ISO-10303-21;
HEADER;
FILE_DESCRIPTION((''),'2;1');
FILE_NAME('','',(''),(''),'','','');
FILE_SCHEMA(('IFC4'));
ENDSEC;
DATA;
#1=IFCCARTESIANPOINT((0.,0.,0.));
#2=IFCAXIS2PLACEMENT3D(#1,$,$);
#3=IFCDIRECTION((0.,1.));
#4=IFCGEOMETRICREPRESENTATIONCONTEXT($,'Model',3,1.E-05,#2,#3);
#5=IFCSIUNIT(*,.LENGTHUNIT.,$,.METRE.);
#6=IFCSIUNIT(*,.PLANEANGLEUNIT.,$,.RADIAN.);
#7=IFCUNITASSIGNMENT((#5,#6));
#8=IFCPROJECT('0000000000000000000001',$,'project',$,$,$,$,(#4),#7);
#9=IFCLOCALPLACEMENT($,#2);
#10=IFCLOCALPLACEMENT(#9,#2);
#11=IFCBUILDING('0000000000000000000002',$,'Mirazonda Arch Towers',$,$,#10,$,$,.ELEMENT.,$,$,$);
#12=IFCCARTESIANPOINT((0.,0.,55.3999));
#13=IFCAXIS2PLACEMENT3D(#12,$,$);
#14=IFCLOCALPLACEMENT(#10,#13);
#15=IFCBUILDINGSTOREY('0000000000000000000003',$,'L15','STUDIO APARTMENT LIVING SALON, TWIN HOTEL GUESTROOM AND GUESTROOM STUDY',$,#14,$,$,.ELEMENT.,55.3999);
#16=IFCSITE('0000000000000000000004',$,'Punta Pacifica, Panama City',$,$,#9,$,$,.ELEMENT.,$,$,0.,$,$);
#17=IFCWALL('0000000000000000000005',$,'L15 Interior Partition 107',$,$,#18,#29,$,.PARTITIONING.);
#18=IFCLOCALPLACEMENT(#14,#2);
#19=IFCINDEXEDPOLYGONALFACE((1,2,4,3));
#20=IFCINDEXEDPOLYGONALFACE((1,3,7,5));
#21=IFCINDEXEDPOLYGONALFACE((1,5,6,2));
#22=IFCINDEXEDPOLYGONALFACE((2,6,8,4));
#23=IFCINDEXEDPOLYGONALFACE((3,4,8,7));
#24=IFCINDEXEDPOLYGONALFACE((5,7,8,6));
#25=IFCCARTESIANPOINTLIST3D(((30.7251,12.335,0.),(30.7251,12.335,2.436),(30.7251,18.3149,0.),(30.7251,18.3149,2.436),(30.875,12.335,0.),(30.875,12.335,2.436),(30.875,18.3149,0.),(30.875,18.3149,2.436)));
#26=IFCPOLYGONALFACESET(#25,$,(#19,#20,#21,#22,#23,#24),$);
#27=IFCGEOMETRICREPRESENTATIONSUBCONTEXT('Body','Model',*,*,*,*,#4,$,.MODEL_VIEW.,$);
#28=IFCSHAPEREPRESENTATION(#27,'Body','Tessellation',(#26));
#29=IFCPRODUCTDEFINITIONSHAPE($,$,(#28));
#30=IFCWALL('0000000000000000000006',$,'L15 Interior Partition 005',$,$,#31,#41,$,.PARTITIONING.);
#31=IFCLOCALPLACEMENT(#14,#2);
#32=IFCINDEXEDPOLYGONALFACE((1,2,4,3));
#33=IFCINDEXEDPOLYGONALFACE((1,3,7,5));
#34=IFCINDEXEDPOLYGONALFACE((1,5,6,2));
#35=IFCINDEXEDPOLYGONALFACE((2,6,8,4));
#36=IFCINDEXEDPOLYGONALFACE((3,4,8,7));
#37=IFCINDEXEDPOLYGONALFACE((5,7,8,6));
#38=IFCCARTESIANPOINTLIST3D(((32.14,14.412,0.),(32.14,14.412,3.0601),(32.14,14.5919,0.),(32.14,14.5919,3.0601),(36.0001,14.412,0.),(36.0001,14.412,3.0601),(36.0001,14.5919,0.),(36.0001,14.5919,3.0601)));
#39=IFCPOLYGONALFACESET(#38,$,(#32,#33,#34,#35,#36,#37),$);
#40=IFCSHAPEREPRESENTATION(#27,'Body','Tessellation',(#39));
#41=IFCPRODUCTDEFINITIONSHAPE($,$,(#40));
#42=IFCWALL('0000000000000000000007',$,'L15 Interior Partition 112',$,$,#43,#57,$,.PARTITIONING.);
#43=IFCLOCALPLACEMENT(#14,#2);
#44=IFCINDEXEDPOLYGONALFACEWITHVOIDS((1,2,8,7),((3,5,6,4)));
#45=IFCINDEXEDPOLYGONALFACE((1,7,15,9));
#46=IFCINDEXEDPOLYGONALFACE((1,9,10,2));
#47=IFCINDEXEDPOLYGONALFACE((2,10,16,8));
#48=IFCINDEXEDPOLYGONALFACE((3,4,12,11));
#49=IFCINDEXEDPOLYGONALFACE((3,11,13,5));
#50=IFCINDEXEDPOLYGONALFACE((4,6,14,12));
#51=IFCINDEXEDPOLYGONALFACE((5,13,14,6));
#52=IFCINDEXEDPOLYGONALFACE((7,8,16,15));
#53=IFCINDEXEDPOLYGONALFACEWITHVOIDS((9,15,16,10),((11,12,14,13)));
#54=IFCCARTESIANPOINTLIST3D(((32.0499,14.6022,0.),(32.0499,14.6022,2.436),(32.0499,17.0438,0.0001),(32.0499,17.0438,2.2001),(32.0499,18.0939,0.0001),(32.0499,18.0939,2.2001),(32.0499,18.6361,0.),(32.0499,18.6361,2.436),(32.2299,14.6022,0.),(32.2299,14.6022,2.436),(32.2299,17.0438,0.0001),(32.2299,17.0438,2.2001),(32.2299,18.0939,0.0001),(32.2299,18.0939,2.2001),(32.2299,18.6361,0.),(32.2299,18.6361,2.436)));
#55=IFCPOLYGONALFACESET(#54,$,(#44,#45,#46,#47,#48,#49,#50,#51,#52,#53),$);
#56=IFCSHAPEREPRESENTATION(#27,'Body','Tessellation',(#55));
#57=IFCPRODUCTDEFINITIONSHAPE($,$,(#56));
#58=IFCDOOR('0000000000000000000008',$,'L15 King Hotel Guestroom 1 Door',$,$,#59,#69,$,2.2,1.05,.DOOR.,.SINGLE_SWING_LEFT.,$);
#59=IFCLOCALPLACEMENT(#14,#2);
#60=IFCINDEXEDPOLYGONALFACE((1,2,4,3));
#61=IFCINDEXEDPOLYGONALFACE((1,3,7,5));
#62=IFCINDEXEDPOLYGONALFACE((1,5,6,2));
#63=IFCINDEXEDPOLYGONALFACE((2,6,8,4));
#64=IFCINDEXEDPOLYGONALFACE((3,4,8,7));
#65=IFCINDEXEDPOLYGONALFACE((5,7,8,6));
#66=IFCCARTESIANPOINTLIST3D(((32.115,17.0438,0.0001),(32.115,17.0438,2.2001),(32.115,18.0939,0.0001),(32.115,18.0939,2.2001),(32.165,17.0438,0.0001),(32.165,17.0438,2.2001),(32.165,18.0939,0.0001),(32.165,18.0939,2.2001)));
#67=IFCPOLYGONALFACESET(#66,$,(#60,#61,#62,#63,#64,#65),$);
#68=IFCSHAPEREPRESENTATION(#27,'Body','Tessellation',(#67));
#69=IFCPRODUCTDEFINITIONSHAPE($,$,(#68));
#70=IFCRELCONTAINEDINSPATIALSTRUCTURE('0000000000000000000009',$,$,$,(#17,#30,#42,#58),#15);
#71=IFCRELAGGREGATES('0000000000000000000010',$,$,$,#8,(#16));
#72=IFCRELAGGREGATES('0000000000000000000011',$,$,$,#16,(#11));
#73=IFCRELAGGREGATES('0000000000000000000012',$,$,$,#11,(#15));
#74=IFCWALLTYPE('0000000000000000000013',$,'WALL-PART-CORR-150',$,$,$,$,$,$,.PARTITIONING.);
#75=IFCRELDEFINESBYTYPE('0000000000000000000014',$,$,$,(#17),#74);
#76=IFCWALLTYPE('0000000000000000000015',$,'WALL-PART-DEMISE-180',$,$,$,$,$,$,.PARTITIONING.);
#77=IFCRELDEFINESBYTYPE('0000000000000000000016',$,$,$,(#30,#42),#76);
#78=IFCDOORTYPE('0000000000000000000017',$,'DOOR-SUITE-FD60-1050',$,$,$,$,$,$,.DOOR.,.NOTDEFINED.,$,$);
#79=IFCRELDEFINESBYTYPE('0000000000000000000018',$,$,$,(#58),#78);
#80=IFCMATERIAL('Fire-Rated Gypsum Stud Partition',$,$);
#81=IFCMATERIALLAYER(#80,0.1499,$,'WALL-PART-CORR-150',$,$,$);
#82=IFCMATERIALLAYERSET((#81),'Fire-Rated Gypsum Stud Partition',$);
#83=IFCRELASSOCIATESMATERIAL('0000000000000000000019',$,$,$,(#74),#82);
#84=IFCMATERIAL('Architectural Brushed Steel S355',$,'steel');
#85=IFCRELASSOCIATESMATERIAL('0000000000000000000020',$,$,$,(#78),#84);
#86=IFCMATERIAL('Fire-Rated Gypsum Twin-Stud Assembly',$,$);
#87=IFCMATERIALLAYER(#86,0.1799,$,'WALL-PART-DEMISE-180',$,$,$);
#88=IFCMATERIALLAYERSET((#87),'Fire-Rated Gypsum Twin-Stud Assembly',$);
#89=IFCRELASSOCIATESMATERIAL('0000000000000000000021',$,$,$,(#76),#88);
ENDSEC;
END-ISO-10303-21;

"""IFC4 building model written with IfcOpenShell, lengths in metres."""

from ifc_helpers import new_model, si_unit, direction, frame, frame_2d, origin, place, context, subcontext, project, spatial, rectangle, extrude, material, layer, layer_set, type_object, element, fill, save


model = new_model("IFC4")

# Units and contexts
model_context = context("Model", 3, precision=1e-05, world=origin(), true_north=direction((0.0, 1.0)))
body_context = subcontext(model_context, "Body", "Model", "MODEL_VIEW")
ifc_project = project(units=[si_unit("LENGTHUNIT", "METRE"), si_unit("PLANEANGLEUNIT", "RADIAN")], contexts=[model_context])

# Site, building, storey
site_placement = place(None, origin())
site = spatial("IfcSite", under=ifc_project, at=site_placement, Name="Punta Pacifica, Panama City", CompositionType="ELEMENT", RefElevation=0.0)
building_placement = place(site_placement, origin())
building = spatial("IfcBuilding", under=site, at=building_placement, Name="Mirazonda Arch Towers", CompositionType="ELEMENT")
storey_placement = place(building_placement, frame((0.0, 0.0, 55.3999)))
storey = spatial("IfcBuildingStorey", under=building, at=storey_placement, Name="L15", Description="STUDIO APARTMENT LIVING SALON, TWIN HOTEL GUESTROOM AND GUESTROOM STUDY", CompositionType="ELEMENT", Elevation=55.3999)

# Shared definitions
ifc_material_1 = material(Name="Fire-Rated Gypsum Stud Partition")
ifc_layer_1 = layer(ifc_material_1, 0.1499, Name="WALL-PART-CORR-150")
ifc_layer_set_1 = layer_set([ifc_layer_1], Name="Fire-Rated Gypsum Stud Partition")
wall_type_1 = type_object("IfcWallType", Name="WALL-PART-CORR-150", PredefinedType="PARTITIONING", material=ifc_layer_set_1)

# Shared definitions
ifc_material_2 = material(Name="Architectural Brushed Steel S355", Category="steel")
door_type_1 = type_object("IfcDoorType", Name="DOOR-SUITE-FD60-1050", OperationType="NOTDEFINED", PredefinedType="DOOR", material=ifc_material_2)

# Walls
wall_1_placement = place(storey_placement, frame((30.8, 12.335, 0.0), z_axis=(0.0, 0.0, 1.0), x_axis=(0.0, 1.0, 0.0)))
element("IfcWall", 1, at=wall_1_placement, inside=storey, type_object=wall_type_1, Name="L15 Interior Partition 107", PredefinedType="PARTITIONING", context=body_context, shape_type="SweptSolid", body=[
    extrude(rectangle(XDim=5.98, YDim=0.1499, at=frame_2d((2.99, 0.0))), origin(), (0.0, 0.0, 1.0), 2.436),
])
ifc_material_3 = material(Name="Fire-Rated Gypsum Twin-Stud Assembly")
ifc_layer_2 = layer(ifc_material_3, 0.1799, Name="WALL-PART-DEMISE-180")
ifc_layer_set_2 = layer_set([ifc_layer_2], Name="Fire-Rated Gypsum Twin-Stud Assembly")
wall_type_2 = type_object("IfcWallType", Name="WALL-PART-DEMISE-180", PredefinedType="PARTITIONING", material=ifc_layer_set_2)
wall_2_placement = place(storey_placement, frame((32.1399, 14.502, 0.0), z_axis=(0.0, 0.0, 1.0), x_axis=(1.0, 0.0, 0.0)))
element("IfcWall", 2, at=wall_2_placement, inside=storey, type_object=wall_type_2, Name="L15 Interior Partition 005", PredefinedType="PARTITIONING", context=body_context, shape_type="SweptSolid", body=[
    extrude(rectangle(XDim=3.8601, YDim=0.1799, at=frame_2d((1.9302, 0.0))), origin(), (0.0, 0.0, 1.0), 3.0601),
])

# Wall, opening, door
wall_3_placement = place(storey_placement, frame((32.1399, 14.6021, 0.0), z_axis=(0.0, 0.0, 1.0), x_axis=(0.0, 1.0, 0.0)))
wall_3 = element("IfcWall", 3, at=wall_3_placement, inside=storey, type_object=wall_type_2, Name="L15 Interior Partition 112", PredefinedType="PARTITIONING", context=body_context, shape_type="SweptSolid", body=[
    extrude(rectangle(XDim=4.0339, YDim=0.1799, at=frame_2d((2.0171, 0.0))), origin(), (0.0, 0.0, 1.0), 2.436),
])
opening_1_placement = place(wall_3_placement, frame((2.4419, 0.0, 0.0)))
opening_1 = element("IfcOpeningElement", 4, at=opening_1_placement, cuts=wall_3, PredefinedType="OPENING", context=body_context, shape_type="SweptSolid", body=[
    extrude(rectangle(XDim=1.05, YDim=2.2, at=frame_2d((0.5249, 1.1001))), frame((0.0, 0.0999, 0.0), z_axis=(0.0, -1.0, 0.0), x_axis=(1.0, 0.0, 0.0)), (0.0, 0.0, 1.0), 0.2),
])
door_1_placement = place(opening_1_placement, origin())
door_1 = element("IfcDoor", 5, at=door_1_placement, inside=storey, type_object=door_type_1, Name="L15 King Hotel Guestroom 1 Door", OperationType="SINGLE_SWING_LEFT", OverallHeight=2.2, OverallWidth=1.05, PredefinedType="DOOR", context=body_context, shape_type="SweptSolid", body=[
    extrude(rectangle(XDim=1.05, YDim=2.2, at=frame_2d((0.5249, 1.1001))), frame((0.0, 0.0249, 0.0), z_axis=(0.0, -1.0, 0.0), x_axis=(1.0, 0.0, 0.0)), (0.0, 0.0, 1.0), 0.05),
])
fill(opening_1, door_1)

save(model, "model.ifc")
